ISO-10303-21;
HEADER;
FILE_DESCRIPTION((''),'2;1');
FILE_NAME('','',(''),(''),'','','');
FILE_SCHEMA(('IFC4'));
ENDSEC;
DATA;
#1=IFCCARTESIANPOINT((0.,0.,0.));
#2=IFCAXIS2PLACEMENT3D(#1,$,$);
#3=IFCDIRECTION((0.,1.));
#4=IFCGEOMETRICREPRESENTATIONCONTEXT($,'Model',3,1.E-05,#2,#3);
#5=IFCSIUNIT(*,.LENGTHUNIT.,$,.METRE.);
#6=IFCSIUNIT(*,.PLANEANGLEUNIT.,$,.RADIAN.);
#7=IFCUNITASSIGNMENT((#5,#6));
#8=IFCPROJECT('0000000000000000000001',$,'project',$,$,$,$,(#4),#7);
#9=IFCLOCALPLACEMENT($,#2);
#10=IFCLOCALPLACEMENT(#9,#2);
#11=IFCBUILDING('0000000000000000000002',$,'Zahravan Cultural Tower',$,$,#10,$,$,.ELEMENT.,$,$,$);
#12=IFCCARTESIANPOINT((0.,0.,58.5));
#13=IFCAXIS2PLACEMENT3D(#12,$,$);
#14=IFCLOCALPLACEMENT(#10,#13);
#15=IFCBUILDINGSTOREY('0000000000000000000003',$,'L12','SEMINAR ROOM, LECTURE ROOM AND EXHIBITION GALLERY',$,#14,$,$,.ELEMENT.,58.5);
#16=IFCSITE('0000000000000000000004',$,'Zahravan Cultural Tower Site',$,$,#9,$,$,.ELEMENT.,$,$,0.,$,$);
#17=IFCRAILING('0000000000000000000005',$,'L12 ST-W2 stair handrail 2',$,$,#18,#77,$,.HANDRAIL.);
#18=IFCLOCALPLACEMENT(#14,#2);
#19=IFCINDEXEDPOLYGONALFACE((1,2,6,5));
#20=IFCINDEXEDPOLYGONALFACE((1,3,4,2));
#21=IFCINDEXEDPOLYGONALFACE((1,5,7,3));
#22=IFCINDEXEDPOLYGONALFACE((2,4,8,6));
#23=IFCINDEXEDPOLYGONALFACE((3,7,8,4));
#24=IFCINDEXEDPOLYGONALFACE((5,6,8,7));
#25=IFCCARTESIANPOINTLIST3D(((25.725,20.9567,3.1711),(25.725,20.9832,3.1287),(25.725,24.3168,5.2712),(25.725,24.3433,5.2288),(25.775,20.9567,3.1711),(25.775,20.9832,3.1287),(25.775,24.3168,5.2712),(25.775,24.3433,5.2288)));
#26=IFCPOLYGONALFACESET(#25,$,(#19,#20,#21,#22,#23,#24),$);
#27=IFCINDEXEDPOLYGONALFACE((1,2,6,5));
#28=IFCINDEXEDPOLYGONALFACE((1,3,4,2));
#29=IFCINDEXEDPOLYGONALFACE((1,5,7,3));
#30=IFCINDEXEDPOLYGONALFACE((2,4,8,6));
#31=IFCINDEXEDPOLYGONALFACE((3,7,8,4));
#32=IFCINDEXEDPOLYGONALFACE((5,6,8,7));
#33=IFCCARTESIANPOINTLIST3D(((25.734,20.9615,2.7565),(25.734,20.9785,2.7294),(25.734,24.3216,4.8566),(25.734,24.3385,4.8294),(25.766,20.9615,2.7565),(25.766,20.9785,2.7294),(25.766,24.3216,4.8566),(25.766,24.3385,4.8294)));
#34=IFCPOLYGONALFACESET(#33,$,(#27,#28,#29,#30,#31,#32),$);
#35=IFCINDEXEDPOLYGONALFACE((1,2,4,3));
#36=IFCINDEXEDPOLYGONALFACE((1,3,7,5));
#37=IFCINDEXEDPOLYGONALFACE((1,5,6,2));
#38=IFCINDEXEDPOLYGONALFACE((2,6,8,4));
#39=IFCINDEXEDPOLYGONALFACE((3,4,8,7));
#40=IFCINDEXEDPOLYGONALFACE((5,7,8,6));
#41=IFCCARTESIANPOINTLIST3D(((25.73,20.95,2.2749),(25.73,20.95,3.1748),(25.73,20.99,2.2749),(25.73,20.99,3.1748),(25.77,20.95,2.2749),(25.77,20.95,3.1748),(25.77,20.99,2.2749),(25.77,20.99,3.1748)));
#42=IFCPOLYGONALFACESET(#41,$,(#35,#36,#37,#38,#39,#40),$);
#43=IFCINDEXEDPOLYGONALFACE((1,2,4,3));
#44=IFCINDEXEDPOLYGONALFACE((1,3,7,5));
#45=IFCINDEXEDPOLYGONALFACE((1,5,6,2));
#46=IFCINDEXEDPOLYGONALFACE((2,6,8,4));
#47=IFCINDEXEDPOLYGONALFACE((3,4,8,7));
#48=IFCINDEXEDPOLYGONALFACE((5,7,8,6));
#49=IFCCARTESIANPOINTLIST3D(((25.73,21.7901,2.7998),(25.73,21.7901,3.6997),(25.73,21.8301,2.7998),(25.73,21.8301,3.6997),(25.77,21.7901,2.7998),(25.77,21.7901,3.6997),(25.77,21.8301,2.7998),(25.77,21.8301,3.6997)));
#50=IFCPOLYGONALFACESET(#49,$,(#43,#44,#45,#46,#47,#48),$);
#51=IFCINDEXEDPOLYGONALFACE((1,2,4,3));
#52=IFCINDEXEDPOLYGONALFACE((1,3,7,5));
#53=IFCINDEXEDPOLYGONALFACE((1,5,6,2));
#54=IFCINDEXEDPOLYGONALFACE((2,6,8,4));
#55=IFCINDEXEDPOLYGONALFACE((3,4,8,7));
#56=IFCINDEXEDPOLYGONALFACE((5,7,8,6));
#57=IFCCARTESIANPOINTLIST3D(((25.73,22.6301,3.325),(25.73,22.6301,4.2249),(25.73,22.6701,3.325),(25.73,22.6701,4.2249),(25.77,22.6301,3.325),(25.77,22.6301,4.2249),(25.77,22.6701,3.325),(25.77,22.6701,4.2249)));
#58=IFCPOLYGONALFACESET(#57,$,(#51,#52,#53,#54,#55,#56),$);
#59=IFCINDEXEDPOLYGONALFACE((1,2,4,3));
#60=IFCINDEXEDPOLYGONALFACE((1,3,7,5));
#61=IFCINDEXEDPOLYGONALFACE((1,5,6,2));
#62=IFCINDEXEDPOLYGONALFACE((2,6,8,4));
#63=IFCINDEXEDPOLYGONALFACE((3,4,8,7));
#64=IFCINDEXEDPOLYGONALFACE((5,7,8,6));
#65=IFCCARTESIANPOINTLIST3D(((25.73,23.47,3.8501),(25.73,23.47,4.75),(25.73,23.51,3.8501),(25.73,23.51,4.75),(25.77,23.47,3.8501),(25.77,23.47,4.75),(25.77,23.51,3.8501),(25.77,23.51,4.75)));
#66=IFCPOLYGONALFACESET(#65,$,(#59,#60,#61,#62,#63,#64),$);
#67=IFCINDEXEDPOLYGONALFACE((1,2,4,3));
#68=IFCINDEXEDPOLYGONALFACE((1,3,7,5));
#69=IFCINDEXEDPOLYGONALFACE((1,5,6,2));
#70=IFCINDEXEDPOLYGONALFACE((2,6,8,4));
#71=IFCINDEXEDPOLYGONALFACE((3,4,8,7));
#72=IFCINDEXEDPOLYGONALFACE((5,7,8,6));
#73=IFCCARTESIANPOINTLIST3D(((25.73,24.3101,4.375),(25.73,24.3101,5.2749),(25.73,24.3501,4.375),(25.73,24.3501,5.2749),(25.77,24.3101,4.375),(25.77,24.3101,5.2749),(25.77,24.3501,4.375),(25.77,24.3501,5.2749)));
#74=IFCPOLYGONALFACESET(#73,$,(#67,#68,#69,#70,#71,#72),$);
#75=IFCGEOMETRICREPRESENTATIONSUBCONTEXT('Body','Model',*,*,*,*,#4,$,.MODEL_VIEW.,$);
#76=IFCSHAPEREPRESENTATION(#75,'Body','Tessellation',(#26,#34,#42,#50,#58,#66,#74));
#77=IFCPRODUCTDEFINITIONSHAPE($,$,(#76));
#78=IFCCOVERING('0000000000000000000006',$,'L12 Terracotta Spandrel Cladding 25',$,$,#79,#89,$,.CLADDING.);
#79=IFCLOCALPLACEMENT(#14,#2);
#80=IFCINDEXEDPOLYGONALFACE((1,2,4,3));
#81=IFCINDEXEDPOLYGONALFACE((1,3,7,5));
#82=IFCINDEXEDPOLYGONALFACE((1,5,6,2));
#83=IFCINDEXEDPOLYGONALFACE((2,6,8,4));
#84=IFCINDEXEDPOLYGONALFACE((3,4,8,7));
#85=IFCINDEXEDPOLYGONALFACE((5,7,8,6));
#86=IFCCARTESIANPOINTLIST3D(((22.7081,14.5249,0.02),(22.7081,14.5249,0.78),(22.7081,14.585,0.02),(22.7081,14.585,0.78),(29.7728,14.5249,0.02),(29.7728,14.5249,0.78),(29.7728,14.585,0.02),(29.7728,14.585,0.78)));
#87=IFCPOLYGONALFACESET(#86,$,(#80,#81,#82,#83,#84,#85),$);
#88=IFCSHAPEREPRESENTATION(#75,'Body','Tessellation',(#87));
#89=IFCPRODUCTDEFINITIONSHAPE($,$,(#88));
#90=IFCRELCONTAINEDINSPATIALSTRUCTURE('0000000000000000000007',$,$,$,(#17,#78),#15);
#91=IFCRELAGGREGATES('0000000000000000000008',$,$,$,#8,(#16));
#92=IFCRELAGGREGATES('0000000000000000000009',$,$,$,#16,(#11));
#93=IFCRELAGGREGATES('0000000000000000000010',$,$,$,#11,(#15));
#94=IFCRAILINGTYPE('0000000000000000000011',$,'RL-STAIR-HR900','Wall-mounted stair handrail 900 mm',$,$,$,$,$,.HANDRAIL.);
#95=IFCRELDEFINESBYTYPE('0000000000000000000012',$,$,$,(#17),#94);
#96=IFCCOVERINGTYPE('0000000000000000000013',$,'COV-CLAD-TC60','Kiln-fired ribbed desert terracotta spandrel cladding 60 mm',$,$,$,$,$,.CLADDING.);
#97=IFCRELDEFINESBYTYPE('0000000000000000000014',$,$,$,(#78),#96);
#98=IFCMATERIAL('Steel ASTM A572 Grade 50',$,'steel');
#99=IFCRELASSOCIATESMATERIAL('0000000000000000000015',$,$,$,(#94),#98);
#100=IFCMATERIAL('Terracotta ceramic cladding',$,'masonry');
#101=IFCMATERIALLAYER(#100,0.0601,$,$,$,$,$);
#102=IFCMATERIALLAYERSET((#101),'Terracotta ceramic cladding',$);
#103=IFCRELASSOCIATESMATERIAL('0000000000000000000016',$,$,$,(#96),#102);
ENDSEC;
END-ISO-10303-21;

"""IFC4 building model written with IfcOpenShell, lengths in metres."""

from ifc_helpers import new_model, si_unit, direction, frame, origin, origin_2d, place, context, subcontext, project, spatial, rectangle, extrude, source, transform, mapped, material, layer, layer_set, type_object, element, save


model = new_model("IFC4")

# Units and contexts
model_context = context("Model", 3, precision=1e-05, world=origin(), true_north=direction((0.0, 1.0)))
body_context = subcontext(model_context, "Body", "Model", "MODEL_VIEW")
ifc_project = project(units=[si_unit("LENGTHUNIT", "METRE"), si_unit("PLANEANGLEUNIT", "RADIAN")], contexts=[model_context])

# Site, building, storey
site_placement = place(None, origin())
site = spatial("IfcSite", under=ifc_project, at=site_placement, Name="Zahravan Cultural Tower Site", CompositionType="ELEMENT", RefElevation=0.0)
building_placement = place(site_placement, origin())
building = spatial("IfcBuilding", under=site, at=building_placement, Name="Zahravan Cultural Tower", CompositionType="ELEMENT")
storey_placement = place(building_placement, frame((0.0, 0.0, 58.5)))
storey = spatial("IfcBuildingStorey", under=building, at=storey_placement, Name="L12", Description="SEMINAR ROOM, LECTURE ROOM AND EXHIBITION GALLERY", CompositionType="ELEMENT", Elevation=58.5)

# Shared definitions
ifc_material_1 = material(Name="Steel ASTM A572 Grade 50", Category="steel")

# Railing
railing_type_1 = type_object("IfcRailingType", Name="RL-STAIR-HR900", Description="Wall-mounted stair handrail 900 mm", PredefinedType="HANDRAIL", material=ifc_material_1)
railing_1_placement = place(storey_placement, frame((25.75, 20.97, 2.2749)))
element("IfcRailing", 1, at=railing_1_placement, inside=storey, type_object=railing_type_1, Name="L12 ST-W2 stair handrail 2", PredefinedType="HANDRAIL", context=body_context, shape_type="SweptSolid", body=[
    extrude(rectangle(XDim=0.05, YDim=0.05, at=origin_2d()), frame((0.0, 0.0, 0.875), z_axis=(0.0, 0.847995, 0.530004), x_axis=(-1.0, 0.0, 0.0)), (0.0, 0.0, 1.0), 3.9624),
    extrude(rectangle(XDim=0.032, YDim=0.032, at=origin_2d()), frame((0.0, 0.0, 0.468), z_axis=(0.0, 0.847995, 0.530004), x_axis=(-1.0, 0.0, 0.0)), (0.0, 0.0, 1.0), 3.9624),
    extrude(rectangle(XDim=0.04, YDim=0.04, at=origin_2d()), origin(), (0.0, 0.0, 1.0), 0.8999),
    extrude(rectangle(XDim=0.04, YDim=0.04, at=origin_2d()), frame((0.0, 0.8401, 0.5249)), (0.0, 0.0, 1.0), 0.8999),
    extrude(rectangle(XDim=0.04, YDim=0.04, at=origin_2d()), frame((0.0, 1.6802, 1.05)), (0.0, 0.0, 1.0), 0.8999),
    extrude(rectangle(XDim=0.04, YDim=0.04, at=origin_2d()), frame((0.0, 2.52, 1.5752)), (0.0, 0.0, 1.0), 0.8999),
    extrude(rectangle(XDim=0.04, YDim=0.04, at=origin_2d()), frame((0.0, 3.3601, 2.1001)), (0.0, 0.0, 1.0), 0.8999),
])

# Covering
ifc_material_2 = material(Name="Terracotta ceramic cladding", Category="masonry")
ifc_layer_1 = layer(ifc_material_2, 0.0601)
ifc_layer_set_1 = layer_set([ifc_layer_1], Name="Terracotta ceramic cladding")
covering_type = type_object("IfcCoveringType", Name="COV-CLAD-TC60", Description="Kiln-fired ribbed desert terracotta spandrel cladding 60 mm", PredefinedType="CLADDING", material=ifc_layer_set_1)
shared_shape_1 = source(origin(), body_context, "Body", "SweptSolid", [
    extrude(rectangle(XDim=7.0647, YDim=0.0601, at=origin_2d()), origin(), (0.0, 0.0, 1.0), 0.76),
])
covering_placement = place(storey_placement, frame((26.2405, 14.5549, 0.02), z_axis=(0.0, 0.0, 1.0), x_axis=(-1.0, 0.0, 0.0)))
element("IfcCovering", 2, at=covering_placement, inside=storey, type_object=covering_type, Name="L12 Terracotta Spandrel Cladding 25", PredefinedType="CLADDING", context=body_context, shape_type="MappedRepresentation", body=[
    mapped(shared_shape_1, transform((0.0, 0.0, 0.0), x_axis=(1.0, 0.0, 0.0), y_axis=(0.0, 1.0, 0.0), z_axis=(0.0, 0.0, 1.0), scale=1.0)),
])

save(model, "model.ifc")
